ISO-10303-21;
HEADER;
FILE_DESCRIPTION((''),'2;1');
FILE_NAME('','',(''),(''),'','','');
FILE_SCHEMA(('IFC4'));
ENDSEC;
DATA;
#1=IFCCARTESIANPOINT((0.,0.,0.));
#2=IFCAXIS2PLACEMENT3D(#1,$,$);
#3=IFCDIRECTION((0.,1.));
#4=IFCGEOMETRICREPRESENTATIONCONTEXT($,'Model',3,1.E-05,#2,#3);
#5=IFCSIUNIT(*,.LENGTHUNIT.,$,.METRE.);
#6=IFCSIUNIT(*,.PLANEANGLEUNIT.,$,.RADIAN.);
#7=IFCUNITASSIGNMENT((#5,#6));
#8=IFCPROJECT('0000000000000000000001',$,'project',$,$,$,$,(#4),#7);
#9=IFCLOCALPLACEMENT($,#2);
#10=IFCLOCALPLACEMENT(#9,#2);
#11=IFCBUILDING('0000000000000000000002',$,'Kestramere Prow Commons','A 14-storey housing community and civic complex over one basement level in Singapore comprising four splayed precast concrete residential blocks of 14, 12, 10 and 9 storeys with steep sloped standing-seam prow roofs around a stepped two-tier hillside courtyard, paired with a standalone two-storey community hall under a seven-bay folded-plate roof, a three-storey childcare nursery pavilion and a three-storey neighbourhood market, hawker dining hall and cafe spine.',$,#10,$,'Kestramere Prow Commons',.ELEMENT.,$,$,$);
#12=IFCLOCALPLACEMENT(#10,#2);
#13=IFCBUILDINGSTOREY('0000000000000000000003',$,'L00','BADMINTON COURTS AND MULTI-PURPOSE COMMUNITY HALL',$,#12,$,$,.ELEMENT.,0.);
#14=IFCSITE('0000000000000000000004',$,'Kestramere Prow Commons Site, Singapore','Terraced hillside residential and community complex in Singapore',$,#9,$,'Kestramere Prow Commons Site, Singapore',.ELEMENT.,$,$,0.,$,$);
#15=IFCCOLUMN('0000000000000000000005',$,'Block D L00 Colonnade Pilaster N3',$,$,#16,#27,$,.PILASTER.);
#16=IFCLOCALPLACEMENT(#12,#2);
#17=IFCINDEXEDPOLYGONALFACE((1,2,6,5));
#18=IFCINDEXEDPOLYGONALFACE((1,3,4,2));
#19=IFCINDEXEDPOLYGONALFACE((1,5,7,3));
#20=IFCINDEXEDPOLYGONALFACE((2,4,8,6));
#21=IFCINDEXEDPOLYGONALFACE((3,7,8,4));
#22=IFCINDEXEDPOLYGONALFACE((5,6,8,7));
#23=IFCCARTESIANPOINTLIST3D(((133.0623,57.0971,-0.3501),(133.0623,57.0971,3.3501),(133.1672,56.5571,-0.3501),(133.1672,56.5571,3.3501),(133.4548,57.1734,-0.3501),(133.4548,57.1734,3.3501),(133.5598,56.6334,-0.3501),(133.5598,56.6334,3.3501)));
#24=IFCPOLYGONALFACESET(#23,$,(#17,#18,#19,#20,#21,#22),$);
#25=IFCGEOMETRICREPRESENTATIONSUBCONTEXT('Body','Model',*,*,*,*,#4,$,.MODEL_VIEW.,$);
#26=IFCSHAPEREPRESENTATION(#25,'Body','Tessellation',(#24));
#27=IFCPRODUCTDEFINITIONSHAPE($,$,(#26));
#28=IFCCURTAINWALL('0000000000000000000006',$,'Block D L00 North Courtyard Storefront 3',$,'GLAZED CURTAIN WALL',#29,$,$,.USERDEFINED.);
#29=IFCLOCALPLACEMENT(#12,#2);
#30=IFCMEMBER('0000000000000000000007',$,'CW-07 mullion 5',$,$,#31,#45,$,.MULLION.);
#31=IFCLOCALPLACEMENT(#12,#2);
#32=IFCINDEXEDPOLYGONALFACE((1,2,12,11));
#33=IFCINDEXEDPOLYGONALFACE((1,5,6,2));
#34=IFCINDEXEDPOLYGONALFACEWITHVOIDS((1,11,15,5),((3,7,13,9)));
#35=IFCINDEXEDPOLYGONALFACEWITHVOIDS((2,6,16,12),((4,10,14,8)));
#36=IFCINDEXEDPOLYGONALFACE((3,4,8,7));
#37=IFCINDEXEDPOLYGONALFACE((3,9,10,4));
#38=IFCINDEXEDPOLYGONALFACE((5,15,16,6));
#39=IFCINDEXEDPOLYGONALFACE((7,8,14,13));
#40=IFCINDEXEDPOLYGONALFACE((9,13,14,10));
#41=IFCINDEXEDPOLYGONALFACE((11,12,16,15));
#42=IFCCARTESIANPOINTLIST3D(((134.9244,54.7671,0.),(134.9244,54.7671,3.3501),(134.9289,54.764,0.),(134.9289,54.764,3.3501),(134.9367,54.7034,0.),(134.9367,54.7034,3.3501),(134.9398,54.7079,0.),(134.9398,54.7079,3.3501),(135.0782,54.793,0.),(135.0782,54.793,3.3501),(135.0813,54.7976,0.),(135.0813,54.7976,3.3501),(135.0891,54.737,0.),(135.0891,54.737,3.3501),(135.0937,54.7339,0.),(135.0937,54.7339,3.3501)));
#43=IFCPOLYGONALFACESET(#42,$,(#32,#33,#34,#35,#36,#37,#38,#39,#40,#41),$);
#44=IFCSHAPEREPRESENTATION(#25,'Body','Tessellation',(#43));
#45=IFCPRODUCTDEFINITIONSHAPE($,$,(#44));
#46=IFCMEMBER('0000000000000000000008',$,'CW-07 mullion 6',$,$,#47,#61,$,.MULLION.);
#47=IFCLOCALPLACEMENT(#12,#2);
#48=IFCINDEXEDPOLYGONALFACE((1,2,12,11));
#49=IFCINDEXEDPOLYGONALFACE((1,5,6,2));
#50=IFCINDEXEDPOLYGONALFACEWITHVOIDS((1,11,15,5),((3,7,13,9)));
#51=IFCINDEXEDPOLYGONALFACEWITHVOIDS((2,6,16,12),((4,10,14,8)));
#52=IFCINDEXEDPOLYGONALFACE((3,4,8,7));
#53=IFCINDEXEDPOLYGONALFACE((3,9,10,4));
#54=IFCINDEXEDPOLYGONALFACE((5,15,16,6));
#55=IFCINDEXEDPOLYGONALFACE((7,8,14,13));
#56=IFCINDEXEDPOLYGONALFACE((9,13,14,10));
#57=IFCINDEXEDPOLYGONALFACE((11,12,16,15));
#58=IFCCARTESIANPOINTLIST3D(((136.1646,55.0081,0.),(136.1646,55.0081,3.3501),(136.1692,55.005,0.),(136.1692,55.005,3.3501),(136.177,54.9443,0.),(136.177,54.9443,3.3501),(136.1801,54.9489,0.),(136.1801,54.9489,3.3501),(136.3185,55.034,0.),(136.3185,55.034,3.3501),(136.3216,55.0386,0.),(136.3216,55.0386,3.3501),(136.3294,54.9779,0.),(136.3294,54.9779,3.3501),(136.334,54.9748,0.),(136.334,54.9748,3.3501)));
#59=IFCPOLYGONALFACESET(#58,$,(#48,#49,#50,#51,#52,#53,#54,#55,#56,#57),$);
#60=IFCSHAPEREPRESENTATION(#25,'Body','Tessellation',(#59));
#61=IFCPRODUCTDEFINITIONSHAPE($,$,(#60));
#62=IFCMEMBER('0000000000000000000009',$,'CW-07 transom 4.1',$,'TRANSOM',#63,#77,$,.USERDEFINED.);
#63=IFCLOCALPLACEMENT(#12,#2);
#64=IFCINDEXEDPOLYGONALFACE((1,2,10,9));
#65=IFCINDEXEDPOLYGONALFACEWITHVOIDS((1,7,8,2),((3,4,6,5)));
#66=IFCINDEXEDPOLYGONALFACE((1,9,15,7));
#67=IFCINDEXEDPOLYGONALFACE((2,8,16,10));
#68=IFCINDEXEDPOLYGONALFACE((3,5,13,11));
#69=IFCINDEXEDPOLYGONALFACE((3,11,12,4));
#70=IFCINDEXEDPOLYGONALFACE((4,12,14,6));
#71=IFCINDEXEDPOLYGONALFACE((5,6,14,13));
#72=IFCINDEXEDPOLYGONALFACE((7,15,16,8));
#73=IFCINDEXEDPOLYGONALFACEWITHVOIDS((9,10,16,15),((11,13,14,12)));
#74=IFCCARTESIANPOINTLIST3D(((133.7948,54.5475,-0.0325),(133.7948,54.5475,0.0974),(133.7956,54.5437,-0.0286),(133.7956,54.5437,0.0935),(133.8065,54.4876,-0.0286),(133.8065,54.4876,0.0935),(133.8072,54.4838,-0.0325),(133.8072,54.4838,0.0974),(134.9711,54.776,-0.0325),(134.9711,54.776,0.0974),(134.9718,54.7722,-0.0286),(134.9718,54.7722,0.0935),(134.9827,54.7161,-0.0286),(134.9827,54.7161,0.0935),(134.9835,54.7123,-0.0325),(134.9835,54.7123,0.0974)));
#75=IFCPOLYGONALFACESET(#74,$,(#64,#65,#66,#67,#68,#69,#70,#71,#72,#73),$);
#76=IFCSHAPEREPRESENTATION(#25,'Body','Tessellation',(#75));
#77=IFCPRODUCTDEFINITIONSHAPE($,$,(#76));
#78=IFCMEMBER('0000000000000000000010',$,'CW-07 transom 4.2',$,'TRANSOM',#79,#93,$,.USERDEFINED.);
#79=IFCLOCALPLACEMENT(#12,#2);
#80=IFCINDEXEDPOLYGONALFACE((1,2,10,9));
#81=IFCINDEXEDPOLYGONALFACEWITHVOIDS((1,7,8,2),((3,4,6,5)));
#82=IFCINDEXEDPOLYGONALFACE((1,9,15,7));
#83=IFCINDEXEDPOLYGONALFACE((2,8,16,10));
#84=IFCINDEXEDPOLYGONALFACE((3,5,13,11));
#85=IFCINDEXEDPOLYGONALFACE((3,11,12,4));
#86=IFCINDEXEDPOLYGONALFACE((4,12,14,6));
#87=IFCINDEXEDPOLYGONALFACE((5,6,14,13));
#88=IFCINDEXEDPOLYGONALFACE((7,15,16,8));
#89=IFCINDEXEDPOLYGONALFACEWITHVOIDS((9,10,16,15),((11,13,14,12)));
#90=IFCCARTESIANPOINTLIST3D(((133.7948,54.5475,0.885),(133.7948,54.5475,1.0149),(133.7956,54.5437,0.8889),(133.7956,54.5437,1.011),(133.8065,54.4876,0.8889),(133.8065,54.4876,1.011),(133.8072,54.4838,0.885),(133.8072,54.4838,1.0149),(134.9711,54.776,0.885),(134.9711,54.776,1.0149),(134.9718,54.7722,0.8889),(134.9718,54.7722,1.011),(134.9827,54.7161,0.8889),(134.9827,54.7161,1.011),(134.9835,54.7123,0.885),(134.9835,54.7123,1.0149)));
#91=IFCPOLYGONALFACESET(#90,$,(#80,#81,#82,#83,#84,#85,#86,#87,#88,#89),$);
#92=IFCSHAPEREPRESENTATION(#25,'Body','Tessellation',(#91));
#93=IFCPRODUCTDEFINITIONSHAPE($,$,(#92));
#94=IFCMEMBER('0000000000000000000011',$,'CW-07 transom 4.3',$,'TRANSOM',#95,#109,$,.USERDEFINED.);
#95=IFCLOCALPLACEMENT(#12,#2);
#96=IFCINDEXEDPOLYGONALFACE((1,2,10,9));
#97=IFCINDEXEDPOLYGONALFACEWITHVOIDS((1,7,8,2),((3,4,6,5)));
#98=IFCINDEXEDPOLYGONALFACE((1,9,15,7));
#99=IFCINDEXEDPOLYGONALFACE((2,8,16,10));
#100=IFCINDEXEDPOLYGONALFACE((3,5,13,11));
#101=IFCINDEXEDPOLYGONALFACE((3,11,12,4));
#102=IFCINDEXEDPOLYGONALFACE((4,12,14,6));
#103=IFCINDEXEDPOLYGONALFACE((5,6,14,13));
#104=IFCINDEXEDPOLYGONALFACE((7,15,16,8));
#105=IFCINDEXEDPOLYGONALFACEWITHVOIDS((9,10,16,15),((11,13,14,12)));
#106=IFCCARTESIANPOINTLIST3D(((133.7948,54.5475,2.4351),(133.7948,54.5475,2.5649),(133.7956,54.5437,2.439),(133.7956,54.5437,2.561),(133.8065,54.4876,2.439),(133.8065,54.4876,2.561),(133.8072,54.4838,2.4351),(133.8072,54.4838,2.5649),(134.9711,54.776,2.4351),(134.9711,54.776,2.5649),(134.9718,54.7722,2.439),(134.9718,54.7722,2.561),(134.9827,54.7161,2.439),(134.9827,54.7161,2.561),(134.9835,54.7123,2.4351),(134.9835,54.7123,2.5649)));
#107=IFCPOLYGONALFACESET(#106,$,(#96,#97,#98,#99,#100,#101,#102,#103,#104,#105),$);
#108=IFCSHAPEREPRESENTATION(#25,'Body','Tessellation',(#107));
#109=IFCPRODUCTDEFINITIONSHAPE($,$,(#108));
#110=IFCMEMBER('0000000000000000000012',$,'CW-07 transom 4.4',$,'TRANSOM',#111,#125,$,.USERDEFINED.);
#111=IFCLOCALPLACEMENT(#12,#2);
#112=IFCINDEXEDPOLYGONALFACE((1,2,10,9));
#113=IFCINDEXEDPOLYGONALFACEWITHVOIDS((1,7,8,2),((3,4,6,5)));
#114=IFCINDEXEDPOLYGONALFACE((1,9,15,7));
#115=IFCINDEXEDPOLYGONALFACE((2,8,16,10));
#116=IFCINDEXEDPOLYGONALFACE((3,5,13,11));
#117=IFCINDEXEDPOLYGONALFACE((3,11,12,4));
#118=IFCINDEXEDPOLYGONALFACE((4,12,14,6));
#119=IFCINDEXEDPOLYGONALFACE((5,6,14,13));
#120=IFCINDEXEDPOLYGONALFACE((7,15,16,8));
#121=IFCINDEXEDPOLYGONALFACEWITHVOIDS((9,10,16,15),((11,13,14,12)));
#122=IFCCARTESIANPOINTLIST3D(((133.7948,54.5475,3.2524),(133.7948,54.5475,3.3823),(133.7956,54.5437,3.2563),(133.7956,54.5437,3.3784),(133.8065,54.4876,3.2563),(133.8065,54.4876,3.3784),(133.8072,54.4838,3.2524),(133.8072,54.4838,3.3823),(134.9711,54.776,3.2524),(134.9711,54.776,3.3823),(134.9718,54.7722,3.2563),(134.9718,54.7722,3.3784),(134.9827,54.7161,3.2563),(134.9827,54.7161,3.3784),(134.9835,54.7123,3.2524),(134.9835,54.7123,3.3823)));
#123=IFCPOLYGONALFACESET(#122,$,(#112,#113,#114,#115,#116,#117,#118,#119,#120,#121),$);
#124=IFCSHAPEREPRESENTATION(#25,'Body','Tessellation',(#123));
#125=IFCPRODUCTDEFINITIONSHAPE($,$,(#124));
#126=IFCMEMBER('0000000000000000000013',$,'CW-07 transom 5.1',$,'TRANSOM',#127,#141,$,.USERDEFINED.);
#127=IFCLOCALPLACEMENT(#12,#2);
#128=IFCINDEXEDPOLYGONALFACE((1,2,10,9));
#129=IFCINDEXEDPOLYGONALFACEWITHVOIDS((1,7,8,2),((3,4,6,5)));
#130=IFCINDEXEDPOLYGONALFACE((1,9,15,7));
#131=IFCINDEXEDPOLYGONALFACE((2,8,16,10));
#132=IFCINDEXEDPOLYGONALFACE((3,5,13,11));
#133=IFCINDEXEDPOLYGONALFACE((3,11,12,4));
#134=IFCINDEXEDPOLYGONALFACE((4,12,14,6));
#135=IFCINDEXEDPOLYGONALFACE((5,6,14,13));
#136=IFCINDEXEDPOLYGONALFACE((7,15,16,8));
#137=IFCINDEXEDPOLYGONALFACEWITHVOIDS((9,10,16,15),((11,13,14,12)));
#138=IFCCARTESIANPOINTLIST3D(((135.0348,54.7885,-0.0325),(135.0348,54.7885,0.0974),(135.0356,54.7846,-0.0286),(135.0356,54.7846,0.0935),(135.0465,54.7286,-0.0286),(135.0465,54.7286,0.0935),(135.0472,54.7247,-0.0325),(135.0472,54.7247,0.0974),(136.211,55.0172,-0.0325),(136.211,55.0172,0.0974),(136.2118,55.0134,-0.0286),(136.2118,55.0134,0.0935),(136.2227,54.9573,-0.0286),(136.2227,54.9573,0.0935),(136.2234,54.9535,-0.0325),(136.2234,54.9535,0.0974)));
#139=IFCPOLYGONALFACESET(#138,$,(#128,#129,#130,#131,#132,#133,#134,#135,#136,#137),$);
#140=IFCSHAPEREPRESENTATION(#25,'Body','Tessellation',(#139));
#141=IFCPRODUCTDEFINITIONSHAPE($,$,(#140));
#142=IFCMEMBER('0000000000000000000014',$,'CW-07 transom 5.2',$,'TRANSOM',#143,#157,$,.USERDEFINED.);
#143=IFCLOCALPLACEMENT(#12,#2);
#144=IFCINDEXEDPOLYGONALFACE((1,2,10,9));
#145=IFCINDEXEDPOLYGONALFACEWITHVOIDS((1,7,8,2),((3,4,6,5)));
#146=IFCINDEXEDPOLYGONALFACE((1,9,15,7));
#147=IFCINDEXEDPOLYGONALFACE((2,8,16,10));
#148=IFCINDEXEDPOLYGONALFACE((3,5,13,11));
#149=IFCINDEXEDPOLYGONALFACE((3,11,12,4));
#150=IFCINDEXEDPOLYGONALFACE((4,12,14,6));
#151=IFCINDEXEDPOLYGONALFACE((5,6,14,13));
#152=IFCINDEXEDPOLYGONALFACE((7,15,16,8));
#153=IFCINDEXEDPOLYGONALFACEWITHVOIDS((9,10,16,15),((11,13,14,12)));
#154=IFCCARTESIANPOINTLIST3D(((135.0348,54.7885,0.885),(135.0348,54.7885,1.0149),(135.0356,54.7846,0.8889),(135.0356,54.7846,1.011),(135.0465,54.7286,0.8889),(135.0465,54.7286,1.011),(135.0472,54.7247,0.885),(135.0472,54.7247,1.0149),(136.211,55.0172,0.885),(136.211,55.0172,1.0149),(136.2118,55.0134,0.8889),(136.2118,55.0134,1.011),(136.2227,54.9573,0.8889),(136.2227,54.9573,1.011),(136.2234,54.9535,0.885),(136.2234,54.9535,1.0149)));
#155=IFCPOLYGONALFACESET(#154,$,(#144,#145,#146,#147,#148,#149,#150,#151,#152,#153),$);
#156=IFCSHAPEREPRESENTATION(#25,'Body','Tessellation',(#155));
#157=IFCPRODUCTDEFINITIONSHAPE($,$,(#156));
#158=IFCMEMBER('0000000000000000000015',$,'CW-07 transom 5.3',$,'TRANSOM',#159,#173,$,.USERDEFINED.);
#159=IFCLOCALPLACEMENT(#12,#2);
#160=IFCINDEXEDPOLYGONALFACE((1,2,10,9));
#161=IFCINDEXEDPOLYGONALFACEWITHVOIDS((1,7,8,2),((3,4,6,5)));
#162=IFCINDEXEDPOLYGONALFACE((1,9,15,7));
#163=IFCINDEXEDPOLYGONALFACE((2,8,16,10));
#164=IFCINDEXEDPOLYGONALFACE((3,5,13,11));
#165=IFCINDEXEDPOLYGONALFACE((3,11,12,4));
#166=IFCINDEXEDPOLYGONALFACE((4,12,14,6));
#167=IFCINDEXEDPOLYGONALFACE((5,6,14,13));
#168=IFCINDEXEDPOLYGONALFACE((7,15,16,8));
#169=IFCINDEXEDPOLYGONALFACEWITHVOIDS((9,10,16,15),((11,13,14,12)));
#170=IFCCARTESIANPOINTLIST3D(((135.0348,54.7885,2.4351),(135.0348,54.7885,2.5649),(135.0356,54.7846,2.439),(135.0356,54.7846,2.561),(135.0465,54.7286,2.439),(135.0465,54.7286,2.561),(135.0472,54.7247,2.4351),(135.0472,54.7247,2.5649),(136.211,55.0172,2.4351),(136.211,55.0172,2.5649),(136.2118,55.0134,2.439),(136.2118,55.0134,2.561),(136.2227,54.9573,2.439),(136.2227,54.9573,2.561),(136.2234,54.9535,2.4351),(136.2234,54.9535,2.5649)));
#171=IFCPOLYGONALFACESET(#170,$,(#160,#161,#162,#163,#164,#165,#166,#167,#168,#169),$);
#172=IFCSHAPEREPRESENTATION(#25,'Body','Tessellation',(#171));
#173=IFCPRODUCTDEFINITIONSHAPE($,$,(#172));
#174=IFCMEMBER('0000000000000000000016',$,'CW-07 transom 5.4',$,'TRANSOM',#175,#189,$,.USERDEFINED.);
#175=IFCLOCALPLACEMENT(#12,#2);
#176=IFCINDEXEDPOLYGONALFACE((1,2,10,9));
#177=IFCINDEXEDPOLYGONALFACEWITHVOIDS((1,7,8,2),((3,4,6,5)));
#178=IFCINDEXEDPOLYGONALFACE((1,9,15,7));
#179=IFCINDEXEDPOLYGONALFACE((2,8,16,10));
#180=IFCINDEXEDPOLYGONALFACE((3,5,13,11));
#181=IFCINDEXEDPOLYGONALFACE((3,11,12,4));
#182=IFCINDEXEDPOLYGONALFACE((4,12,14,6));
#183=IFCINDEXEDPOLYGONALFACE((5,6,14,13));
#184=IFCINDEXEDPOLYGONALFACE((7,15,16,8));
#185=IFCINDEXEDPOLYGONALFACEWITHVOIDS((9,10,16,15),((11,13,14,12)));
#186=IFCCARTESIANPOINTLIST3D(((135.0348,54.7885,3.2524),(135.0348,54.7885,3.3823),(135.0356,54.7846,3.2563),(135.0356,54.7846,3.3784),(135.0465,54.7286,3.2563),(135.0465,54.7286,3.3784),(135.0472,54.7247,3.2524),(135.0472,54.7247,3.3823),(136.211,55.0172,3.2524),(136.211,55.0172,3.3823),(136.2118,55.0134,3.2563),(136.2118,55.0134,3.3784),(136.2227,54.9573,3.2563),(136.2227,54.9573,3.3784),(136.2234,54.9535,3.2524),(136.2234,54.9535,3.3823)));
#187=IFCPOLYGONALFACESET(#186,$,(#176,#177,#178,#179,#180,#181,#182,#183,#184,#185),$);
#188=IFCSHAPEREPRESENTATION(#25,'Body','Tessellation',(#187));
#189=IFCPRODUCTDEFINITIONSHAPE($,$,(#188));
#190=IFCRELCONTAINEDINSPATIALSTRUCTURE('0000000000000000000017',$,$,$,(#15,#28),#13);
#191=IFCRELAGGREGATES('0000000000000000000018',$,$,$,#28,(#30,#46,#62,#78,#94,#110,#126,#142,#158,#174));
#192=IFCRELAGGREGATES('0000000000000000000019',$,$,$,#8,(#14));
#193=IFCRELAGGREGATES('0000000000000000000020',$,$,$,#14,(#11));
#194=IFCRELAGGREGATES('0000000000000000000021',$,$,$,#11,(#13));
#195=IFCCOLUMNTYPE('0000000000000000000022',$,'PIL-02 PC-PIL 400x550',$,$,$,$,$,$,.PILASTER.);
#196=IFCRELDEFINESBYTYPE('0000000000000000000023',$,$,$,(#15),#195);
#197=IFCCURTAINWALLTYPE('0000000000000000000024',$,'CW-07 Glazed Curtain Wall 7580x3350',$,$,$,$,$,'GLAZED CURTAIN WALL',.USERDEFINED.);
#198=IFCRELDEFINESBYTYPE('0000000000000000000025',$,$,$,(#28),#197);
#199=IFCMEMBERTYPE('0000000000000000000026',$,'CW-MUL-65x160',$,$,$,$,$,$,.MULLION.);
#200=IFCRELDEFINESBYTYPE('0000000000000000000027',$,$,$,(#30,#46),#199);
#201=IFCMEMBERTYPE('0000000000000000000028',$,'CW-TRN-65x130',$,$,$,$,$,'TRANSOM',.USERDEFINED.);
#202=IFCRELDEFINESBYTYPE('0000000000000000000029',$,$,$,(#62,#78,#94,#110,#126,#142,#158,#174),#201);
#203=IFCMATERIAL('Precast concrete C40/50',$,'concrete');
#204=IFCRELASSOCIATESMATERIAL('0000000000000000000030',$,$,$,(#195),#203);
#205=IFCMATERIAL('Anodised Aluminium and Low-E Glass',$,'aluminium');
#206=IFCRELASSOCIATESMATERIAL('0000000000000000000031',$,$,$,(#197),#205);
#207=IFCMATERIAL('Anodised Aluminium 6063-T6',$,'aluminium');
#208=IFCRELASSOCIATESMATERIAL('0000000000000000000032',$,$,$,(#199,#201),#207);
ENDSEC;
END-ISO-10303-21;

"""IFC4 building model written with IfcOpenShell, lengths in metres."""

from ifc_helpers import new_model, si_unit, direction, frame, origin, origin_2d, place, context, subcontext, project, spatial, rectangle, hollow_rectangle, extrude, material, material_profile, profile_set, type_object, element, aggregate, save


model = new_model("IFC4")

# Units and contexts
model_context = context("Model", 3, precision=1e-05, world=origin(), true_north=direction((0.0, 1.0)))
body_context = subcontext(model_context, "Body", "Model", "MODEL_VIEW")
ifc_project = project(units=[si_unit("LENGTHUNIT", "METRE"), si_unit("PLANEANGLEUNIT", "RADIAN")], contexts=[model_context])

# Site, building, storey
site_placement = place(None, origin())
site = spatial("IfcSite", under=ifc_project, at=site_placement, Name="Kestramere Prow Commons Site, Singapore", Description="Terraced hillside residential and community complex in Singapore", LongName="Kestramere Prow Commons Site, Singapore", CompositionType="ELEMENT", RefElevation=0.0)
building_placement = place(site_placement, origin())
building = spatial("IfcBuilding", under=site, at=building_placement, Name="Kestramere Prow Commons", Description="A 14-storey housing community and civic complex over one basement level in Singapore comprising four splayed precast concrete residential blocks of 14, 12, 10 and 9 storeys with steep sloped standing-seam prow roofs around a stepped two-tier hillside courtyard, paired with a standalone two-storey community hall under a seven-bay folded-plate roof, a three-storey childcare nursery pavilion and a three-storey neighbourhood market, hawker dining hall and cafe spine.", LongName="Kestramere Prow Commons", CompositionType="ELEMENT")
storey_placement = place(building_placement, origin())
storey = spatial("IfcBuildingStorey", under=building, at=storey_placement, Name="L00", Description="BADMINTON COURTS AND MULTI-PURPOSE COMMUNITY HALL", CompositionType="ELEMENT", Elevation=0.0)

# Column
ifc_material_1 = material(Name="Precast concrete C40/50", Category="concrete")
ifc_material_profile_1 = material_profile(ifc_material_1, rectangle(XDim=0.3999, YDim=0.55, at=origin_2d()), Name="PC-PIL 400x550")
ifc_profile_set_1 = profile_set([ifc_material_profile_1], Name="Precast concrete C40/50")
column_type_1 = type_object("IfcColumnType", Name="PIL-02 PC-PIL 400x550", PredefinedType="PILASTER", material=ifc_profile_set_1)
column_1_placement = place(storey_placement, frame((133.311, 56.8652, -0.3501), z_axis=(0.0, 0.0, 1.0), x_axis=(0.981627, 0.190809, 0.0)))
element("IfcColumn", 1, at=column_1_placement, inside=storey, type_object=column_type_1, Name="Block D L00 Colonnade Pilaster N3", PredefinedType="PILASTER", context=body_context, shape_type="SweptSolid", body=[
    extrude(rectangle(XDim=0.3999, YDim=0.55, at=origin_2d()), origin(), (0.0, 0.0, 1.0), 3.7002),
])

# Curtain wall, members
ifc_material_2 = material(Name="Anodised Aluminium and Low-E Glass", Category="aluminium")
curtain_wall_type = type_object("IfcCurtainWallType", Name="CW-07 Glazed Curtain Wall 7580x3350", ElementType="GLAZED CURTAIN WALL", PredefinedType="USERDEFINED", material=ifc_material_2)
curtain_wall_placement = place(storey_placement, origin())
curtain_wall = element("IfcCurtainWall", 2, at=curtain_wall_placement, inside=storey, type_object=curtain_wall_type, Name="Block D L00 North Courtyard Storefront 3", ObjectType="GLAZED CURTAIN WALL", PredefinedType="USERDEFINED")
ifc_material_3 = material(Name="Anodised Aluminium 6063-T6", Category="aluminium")
ifc_material_profile_2 = material_profile(ifc_material_3, hollow_rectangle(XDim=0.0649, YDim=0.1599, WallThickness=0.0039, at=origin_2d()), Name="ALU-MUL 65x160")
ifc_profile_set_2 = profile_set([ifc_material_profile_2], Name="Anodised Aluminium 6063-T6")
member_type_1 = type_object("IfcMemberType", Name="CW-MUL-65x160", PredefinedType="MULLION", material=ifc_profile_set_2)
member_1_placement = place(storey_placement, frame((135.009, 54.7505, 0.0), z_axis=(0.0, 0.0, 1.0), x_axis=(-0.190809, 0.981627, 0.0)))
member_1 = element("IfcMember", 3, at=member_1_placement, type_object=member_type_1, Name="CW-07 mullion 5", PredefinedType="MULLION", context=body_context, shape_type="SweptSolid", body=[
    extrude(hollow_rectangle(XDim=0.0649, YDim=0.1599, WallThickness=0.0039, at=origin_2d()), origin(), (0.0, 0.0, 1.0), 3.3501),
])
member_2_placement = place(storey_placement, frame((136.2493, 54.9915, 0.0), z_axis=(0.0, 0.0, 1.0), x_axis=(-0.190809, 0.981627, 0.0)))
member_2 = element("IfcMember", 4, at=member_2_placement, type_object=member_type_1, Name="CW-07 mullion 6", PredefinedType="MULLION", context=body_context, shape_type="SweptSolid", body=[
    extrude(hollow_rectangle(XDim=0.0649, YDim=0.1599, WallThickness=0.0039, at=origin_2d()), origin(), (0.0, 0.0, 1.0), 3.3501),
])
ifc_material_profile_3 = material_profile(ifc_material_3, hollow_rectangle(XDim=0.0649, YDim=0.1299, WallThickness=0.0039, at=origin_2d()), Name="ALU-TRN 65x130")
ifc_profile_set_3 = profile_set([ifc_material_profile_3], Name="Anodised Aluminium 6063-T6")
member_type_2 = type_object("IfcMemberType", Name="CW-TRN-65x130", ElementType="TRANSOM", PredefinedType="USERDEFINED", material=ifc_profile_set_3)
member_3_placement = place(storey_placement, frame((133.801, 54.5156, 0.0325), z_axis=(0.981647, 0.190706, 0.0), x_axis=(-0.190706, 0.981647, 0.0)))
member_3 = element("IfcMember", 5, at=member_3_placement, type_object=member_type_2, Name="CW-07 transom 4.1", ObjectType="TRANSOM", PredefinedType="USERDEFINED", context=body_context, shape_type="SweptSolid", body=[
    extrude(hollow_rectangle(XDim=0.0649, YDim=0.1299, WallThickness=0.0039, at=origin_2d()), origin(), (0.0, 0.0, 1.0), 1.1982),
])
member_4_placement = place(storey_placement, frame((133.801, 54.5156, 0.95), z_axis=(0.981647, 0.190706, 0.0), x_axis=(-0.190706, 0.981647, 0.0)))
member_4 = element("IfcMember", 6, at=member_4_placement, type_object=member_type_2, Name="CW-07 transom 4.2", ObjectType="TRANSOM", PredefinedType="USERDEFINED", context=body_context, shape_type="SweptSolid", body=[
    extrude(hollow_rectangle(XDim=0.0649, YDim=0.1299, WallThickness=0.0039, at=origin_2d()), origin(), (0.0, 0.0, 1.0), 1.1982),
])
member_5_placement = place(storey_placement, frame((133.801, 54.5156, 2.5), z_axis=(0.981647, 0.190706, 0.0), x_axis=(-0.190706, 0.981647, 0.0)))
member_5 = element("IfcMember", 7, at=member_5_placement, type_object=member_type_2, Name="CW-07 transom 4.3", ObjectType="TRANSOM", PredefinedType="USERDEFINED", context=body_context, shape_type="SweptSolid", body=[
    extrude(hollow_rectangle(XDim=0.0649, YDim=0.1299, WallThickness=0.0039, at=origin_2d()), origin(), (0.0, 0.0, 1.0), 1.1982),
])
member_6_placement = place(storey_placement, frame((133.801, 54.5156, 3.3174), z_axis=(0.981647, 0.190706, 0.0), x_axis=(-0.190706, 0.981647, 0.0)))
member_6 = element("IfcMember", 8, at=member_6_placement, type_object=member_type_2, Name="CW-07 transom 4.4", ObjectType="TRANSOM", PredefinedType="USERDEFINED", context=body_context, shape_type="SweptSolid", body=[
    extrude(hollow_rectangle(XDim=0.0649, YDim=0.1299, WallThickness=0.0039, at=origin_2d()), origin(), (0.0, 0.0, 1.0), 1.1982),
])
member_7_placement = place(storey_placement, frame((135.041, 54.7566, 0.0325), z_axis=(0.981609, 0.190902, 0.0), x_axis=(-0.190902, 0.981609, 0.0)))
member_7 = element("IfcMember", 9, at=member_7_placement, type_object=member_type_2, Name="CW-07 transom 5.1", ObjectType="TRANSOM", PredefinedType="USERDEFINED", context=body_context, shape_type="SweptSolid", body=[
    extrude(hollow_rectangle(XDim=0.0649, YDim=0.1299, WallThickness=0.0039, at=origin_2d()), origin(), (0.0, 0.0, 1.0), 1.1982),
])
member_8_placement = place(storey_placement, frame((135.041, 54.7566, 0.95), z_axis=(0.981609, 0.190902, 0.0), x_axis=(-0.190902, 0.981609, 0.0)))
member_8 = element("IfcMember", 10, at=member_8_placement, type_object=member_type_2, Name="CW-07 transom 5.2", ObjectType="TRANSOM", PredefinedType="USERDEFINED", context=body_context, shape_type="SweptSolid", body=[
    extrude(hollow_rectangle(XDim=0.0649, YDim=0.1299, WallThickness=0.0039, at=origin_2d()), origin(), (0.0, 0.0, 1.0), 1.1982),
])
member_9_placement = place(storey_placement, frame((135.041, 54.7566, 2.5), z_axis=(0.981609, 0.190902, 0.0), x_axis=(-0.190902, 0.981609, 0.0)))
member_9 = element("IfcMember", 11, at=member_9_placement, type_object=member_type_2, Name="CW-07 transom 5.3", ObjectType="TRANSOM", PredefinedType="USERDEFINED", context=body_context, shape_type="SweptSolid", body=[
    extrude(hollow_rectangle(XDim=0.0649, YDim=0.1299, WallThickness=0.0039, at=origin_2d()), origin(), (0.0, 0.0, 1.0), 1.1982),
])
member_10_placement = place(storey_placement, frame((135.041, 54.7566, 3.3174), z_axis=(0.981609, 0.190902, 0.0), x_axis=(-0.190902, 0.981609, 0.0)))
member_10 = element("IfcMember", 12, at=member_10_placement, type_object=member_type_2, Name="CW-07 transom 5.4", ObjectType="TRANSOM", PredefinedType="USERDEFINED", context=body_context, shape_type="SweptSolid", body=[
    extrude(hollow_rectangle(XDim=0.0649, YDim=0.1299, WallThickness=0.0039, at=origin_2d()), origin(), (0.0, 0.0, 1.0), 1.1982),
])

aggregate(curtain_wall, [member_1, member_2, member_3, member_4, member_5, member_6, member_7, member_8, member_9, member_10])

save(model, "model.ifc")
